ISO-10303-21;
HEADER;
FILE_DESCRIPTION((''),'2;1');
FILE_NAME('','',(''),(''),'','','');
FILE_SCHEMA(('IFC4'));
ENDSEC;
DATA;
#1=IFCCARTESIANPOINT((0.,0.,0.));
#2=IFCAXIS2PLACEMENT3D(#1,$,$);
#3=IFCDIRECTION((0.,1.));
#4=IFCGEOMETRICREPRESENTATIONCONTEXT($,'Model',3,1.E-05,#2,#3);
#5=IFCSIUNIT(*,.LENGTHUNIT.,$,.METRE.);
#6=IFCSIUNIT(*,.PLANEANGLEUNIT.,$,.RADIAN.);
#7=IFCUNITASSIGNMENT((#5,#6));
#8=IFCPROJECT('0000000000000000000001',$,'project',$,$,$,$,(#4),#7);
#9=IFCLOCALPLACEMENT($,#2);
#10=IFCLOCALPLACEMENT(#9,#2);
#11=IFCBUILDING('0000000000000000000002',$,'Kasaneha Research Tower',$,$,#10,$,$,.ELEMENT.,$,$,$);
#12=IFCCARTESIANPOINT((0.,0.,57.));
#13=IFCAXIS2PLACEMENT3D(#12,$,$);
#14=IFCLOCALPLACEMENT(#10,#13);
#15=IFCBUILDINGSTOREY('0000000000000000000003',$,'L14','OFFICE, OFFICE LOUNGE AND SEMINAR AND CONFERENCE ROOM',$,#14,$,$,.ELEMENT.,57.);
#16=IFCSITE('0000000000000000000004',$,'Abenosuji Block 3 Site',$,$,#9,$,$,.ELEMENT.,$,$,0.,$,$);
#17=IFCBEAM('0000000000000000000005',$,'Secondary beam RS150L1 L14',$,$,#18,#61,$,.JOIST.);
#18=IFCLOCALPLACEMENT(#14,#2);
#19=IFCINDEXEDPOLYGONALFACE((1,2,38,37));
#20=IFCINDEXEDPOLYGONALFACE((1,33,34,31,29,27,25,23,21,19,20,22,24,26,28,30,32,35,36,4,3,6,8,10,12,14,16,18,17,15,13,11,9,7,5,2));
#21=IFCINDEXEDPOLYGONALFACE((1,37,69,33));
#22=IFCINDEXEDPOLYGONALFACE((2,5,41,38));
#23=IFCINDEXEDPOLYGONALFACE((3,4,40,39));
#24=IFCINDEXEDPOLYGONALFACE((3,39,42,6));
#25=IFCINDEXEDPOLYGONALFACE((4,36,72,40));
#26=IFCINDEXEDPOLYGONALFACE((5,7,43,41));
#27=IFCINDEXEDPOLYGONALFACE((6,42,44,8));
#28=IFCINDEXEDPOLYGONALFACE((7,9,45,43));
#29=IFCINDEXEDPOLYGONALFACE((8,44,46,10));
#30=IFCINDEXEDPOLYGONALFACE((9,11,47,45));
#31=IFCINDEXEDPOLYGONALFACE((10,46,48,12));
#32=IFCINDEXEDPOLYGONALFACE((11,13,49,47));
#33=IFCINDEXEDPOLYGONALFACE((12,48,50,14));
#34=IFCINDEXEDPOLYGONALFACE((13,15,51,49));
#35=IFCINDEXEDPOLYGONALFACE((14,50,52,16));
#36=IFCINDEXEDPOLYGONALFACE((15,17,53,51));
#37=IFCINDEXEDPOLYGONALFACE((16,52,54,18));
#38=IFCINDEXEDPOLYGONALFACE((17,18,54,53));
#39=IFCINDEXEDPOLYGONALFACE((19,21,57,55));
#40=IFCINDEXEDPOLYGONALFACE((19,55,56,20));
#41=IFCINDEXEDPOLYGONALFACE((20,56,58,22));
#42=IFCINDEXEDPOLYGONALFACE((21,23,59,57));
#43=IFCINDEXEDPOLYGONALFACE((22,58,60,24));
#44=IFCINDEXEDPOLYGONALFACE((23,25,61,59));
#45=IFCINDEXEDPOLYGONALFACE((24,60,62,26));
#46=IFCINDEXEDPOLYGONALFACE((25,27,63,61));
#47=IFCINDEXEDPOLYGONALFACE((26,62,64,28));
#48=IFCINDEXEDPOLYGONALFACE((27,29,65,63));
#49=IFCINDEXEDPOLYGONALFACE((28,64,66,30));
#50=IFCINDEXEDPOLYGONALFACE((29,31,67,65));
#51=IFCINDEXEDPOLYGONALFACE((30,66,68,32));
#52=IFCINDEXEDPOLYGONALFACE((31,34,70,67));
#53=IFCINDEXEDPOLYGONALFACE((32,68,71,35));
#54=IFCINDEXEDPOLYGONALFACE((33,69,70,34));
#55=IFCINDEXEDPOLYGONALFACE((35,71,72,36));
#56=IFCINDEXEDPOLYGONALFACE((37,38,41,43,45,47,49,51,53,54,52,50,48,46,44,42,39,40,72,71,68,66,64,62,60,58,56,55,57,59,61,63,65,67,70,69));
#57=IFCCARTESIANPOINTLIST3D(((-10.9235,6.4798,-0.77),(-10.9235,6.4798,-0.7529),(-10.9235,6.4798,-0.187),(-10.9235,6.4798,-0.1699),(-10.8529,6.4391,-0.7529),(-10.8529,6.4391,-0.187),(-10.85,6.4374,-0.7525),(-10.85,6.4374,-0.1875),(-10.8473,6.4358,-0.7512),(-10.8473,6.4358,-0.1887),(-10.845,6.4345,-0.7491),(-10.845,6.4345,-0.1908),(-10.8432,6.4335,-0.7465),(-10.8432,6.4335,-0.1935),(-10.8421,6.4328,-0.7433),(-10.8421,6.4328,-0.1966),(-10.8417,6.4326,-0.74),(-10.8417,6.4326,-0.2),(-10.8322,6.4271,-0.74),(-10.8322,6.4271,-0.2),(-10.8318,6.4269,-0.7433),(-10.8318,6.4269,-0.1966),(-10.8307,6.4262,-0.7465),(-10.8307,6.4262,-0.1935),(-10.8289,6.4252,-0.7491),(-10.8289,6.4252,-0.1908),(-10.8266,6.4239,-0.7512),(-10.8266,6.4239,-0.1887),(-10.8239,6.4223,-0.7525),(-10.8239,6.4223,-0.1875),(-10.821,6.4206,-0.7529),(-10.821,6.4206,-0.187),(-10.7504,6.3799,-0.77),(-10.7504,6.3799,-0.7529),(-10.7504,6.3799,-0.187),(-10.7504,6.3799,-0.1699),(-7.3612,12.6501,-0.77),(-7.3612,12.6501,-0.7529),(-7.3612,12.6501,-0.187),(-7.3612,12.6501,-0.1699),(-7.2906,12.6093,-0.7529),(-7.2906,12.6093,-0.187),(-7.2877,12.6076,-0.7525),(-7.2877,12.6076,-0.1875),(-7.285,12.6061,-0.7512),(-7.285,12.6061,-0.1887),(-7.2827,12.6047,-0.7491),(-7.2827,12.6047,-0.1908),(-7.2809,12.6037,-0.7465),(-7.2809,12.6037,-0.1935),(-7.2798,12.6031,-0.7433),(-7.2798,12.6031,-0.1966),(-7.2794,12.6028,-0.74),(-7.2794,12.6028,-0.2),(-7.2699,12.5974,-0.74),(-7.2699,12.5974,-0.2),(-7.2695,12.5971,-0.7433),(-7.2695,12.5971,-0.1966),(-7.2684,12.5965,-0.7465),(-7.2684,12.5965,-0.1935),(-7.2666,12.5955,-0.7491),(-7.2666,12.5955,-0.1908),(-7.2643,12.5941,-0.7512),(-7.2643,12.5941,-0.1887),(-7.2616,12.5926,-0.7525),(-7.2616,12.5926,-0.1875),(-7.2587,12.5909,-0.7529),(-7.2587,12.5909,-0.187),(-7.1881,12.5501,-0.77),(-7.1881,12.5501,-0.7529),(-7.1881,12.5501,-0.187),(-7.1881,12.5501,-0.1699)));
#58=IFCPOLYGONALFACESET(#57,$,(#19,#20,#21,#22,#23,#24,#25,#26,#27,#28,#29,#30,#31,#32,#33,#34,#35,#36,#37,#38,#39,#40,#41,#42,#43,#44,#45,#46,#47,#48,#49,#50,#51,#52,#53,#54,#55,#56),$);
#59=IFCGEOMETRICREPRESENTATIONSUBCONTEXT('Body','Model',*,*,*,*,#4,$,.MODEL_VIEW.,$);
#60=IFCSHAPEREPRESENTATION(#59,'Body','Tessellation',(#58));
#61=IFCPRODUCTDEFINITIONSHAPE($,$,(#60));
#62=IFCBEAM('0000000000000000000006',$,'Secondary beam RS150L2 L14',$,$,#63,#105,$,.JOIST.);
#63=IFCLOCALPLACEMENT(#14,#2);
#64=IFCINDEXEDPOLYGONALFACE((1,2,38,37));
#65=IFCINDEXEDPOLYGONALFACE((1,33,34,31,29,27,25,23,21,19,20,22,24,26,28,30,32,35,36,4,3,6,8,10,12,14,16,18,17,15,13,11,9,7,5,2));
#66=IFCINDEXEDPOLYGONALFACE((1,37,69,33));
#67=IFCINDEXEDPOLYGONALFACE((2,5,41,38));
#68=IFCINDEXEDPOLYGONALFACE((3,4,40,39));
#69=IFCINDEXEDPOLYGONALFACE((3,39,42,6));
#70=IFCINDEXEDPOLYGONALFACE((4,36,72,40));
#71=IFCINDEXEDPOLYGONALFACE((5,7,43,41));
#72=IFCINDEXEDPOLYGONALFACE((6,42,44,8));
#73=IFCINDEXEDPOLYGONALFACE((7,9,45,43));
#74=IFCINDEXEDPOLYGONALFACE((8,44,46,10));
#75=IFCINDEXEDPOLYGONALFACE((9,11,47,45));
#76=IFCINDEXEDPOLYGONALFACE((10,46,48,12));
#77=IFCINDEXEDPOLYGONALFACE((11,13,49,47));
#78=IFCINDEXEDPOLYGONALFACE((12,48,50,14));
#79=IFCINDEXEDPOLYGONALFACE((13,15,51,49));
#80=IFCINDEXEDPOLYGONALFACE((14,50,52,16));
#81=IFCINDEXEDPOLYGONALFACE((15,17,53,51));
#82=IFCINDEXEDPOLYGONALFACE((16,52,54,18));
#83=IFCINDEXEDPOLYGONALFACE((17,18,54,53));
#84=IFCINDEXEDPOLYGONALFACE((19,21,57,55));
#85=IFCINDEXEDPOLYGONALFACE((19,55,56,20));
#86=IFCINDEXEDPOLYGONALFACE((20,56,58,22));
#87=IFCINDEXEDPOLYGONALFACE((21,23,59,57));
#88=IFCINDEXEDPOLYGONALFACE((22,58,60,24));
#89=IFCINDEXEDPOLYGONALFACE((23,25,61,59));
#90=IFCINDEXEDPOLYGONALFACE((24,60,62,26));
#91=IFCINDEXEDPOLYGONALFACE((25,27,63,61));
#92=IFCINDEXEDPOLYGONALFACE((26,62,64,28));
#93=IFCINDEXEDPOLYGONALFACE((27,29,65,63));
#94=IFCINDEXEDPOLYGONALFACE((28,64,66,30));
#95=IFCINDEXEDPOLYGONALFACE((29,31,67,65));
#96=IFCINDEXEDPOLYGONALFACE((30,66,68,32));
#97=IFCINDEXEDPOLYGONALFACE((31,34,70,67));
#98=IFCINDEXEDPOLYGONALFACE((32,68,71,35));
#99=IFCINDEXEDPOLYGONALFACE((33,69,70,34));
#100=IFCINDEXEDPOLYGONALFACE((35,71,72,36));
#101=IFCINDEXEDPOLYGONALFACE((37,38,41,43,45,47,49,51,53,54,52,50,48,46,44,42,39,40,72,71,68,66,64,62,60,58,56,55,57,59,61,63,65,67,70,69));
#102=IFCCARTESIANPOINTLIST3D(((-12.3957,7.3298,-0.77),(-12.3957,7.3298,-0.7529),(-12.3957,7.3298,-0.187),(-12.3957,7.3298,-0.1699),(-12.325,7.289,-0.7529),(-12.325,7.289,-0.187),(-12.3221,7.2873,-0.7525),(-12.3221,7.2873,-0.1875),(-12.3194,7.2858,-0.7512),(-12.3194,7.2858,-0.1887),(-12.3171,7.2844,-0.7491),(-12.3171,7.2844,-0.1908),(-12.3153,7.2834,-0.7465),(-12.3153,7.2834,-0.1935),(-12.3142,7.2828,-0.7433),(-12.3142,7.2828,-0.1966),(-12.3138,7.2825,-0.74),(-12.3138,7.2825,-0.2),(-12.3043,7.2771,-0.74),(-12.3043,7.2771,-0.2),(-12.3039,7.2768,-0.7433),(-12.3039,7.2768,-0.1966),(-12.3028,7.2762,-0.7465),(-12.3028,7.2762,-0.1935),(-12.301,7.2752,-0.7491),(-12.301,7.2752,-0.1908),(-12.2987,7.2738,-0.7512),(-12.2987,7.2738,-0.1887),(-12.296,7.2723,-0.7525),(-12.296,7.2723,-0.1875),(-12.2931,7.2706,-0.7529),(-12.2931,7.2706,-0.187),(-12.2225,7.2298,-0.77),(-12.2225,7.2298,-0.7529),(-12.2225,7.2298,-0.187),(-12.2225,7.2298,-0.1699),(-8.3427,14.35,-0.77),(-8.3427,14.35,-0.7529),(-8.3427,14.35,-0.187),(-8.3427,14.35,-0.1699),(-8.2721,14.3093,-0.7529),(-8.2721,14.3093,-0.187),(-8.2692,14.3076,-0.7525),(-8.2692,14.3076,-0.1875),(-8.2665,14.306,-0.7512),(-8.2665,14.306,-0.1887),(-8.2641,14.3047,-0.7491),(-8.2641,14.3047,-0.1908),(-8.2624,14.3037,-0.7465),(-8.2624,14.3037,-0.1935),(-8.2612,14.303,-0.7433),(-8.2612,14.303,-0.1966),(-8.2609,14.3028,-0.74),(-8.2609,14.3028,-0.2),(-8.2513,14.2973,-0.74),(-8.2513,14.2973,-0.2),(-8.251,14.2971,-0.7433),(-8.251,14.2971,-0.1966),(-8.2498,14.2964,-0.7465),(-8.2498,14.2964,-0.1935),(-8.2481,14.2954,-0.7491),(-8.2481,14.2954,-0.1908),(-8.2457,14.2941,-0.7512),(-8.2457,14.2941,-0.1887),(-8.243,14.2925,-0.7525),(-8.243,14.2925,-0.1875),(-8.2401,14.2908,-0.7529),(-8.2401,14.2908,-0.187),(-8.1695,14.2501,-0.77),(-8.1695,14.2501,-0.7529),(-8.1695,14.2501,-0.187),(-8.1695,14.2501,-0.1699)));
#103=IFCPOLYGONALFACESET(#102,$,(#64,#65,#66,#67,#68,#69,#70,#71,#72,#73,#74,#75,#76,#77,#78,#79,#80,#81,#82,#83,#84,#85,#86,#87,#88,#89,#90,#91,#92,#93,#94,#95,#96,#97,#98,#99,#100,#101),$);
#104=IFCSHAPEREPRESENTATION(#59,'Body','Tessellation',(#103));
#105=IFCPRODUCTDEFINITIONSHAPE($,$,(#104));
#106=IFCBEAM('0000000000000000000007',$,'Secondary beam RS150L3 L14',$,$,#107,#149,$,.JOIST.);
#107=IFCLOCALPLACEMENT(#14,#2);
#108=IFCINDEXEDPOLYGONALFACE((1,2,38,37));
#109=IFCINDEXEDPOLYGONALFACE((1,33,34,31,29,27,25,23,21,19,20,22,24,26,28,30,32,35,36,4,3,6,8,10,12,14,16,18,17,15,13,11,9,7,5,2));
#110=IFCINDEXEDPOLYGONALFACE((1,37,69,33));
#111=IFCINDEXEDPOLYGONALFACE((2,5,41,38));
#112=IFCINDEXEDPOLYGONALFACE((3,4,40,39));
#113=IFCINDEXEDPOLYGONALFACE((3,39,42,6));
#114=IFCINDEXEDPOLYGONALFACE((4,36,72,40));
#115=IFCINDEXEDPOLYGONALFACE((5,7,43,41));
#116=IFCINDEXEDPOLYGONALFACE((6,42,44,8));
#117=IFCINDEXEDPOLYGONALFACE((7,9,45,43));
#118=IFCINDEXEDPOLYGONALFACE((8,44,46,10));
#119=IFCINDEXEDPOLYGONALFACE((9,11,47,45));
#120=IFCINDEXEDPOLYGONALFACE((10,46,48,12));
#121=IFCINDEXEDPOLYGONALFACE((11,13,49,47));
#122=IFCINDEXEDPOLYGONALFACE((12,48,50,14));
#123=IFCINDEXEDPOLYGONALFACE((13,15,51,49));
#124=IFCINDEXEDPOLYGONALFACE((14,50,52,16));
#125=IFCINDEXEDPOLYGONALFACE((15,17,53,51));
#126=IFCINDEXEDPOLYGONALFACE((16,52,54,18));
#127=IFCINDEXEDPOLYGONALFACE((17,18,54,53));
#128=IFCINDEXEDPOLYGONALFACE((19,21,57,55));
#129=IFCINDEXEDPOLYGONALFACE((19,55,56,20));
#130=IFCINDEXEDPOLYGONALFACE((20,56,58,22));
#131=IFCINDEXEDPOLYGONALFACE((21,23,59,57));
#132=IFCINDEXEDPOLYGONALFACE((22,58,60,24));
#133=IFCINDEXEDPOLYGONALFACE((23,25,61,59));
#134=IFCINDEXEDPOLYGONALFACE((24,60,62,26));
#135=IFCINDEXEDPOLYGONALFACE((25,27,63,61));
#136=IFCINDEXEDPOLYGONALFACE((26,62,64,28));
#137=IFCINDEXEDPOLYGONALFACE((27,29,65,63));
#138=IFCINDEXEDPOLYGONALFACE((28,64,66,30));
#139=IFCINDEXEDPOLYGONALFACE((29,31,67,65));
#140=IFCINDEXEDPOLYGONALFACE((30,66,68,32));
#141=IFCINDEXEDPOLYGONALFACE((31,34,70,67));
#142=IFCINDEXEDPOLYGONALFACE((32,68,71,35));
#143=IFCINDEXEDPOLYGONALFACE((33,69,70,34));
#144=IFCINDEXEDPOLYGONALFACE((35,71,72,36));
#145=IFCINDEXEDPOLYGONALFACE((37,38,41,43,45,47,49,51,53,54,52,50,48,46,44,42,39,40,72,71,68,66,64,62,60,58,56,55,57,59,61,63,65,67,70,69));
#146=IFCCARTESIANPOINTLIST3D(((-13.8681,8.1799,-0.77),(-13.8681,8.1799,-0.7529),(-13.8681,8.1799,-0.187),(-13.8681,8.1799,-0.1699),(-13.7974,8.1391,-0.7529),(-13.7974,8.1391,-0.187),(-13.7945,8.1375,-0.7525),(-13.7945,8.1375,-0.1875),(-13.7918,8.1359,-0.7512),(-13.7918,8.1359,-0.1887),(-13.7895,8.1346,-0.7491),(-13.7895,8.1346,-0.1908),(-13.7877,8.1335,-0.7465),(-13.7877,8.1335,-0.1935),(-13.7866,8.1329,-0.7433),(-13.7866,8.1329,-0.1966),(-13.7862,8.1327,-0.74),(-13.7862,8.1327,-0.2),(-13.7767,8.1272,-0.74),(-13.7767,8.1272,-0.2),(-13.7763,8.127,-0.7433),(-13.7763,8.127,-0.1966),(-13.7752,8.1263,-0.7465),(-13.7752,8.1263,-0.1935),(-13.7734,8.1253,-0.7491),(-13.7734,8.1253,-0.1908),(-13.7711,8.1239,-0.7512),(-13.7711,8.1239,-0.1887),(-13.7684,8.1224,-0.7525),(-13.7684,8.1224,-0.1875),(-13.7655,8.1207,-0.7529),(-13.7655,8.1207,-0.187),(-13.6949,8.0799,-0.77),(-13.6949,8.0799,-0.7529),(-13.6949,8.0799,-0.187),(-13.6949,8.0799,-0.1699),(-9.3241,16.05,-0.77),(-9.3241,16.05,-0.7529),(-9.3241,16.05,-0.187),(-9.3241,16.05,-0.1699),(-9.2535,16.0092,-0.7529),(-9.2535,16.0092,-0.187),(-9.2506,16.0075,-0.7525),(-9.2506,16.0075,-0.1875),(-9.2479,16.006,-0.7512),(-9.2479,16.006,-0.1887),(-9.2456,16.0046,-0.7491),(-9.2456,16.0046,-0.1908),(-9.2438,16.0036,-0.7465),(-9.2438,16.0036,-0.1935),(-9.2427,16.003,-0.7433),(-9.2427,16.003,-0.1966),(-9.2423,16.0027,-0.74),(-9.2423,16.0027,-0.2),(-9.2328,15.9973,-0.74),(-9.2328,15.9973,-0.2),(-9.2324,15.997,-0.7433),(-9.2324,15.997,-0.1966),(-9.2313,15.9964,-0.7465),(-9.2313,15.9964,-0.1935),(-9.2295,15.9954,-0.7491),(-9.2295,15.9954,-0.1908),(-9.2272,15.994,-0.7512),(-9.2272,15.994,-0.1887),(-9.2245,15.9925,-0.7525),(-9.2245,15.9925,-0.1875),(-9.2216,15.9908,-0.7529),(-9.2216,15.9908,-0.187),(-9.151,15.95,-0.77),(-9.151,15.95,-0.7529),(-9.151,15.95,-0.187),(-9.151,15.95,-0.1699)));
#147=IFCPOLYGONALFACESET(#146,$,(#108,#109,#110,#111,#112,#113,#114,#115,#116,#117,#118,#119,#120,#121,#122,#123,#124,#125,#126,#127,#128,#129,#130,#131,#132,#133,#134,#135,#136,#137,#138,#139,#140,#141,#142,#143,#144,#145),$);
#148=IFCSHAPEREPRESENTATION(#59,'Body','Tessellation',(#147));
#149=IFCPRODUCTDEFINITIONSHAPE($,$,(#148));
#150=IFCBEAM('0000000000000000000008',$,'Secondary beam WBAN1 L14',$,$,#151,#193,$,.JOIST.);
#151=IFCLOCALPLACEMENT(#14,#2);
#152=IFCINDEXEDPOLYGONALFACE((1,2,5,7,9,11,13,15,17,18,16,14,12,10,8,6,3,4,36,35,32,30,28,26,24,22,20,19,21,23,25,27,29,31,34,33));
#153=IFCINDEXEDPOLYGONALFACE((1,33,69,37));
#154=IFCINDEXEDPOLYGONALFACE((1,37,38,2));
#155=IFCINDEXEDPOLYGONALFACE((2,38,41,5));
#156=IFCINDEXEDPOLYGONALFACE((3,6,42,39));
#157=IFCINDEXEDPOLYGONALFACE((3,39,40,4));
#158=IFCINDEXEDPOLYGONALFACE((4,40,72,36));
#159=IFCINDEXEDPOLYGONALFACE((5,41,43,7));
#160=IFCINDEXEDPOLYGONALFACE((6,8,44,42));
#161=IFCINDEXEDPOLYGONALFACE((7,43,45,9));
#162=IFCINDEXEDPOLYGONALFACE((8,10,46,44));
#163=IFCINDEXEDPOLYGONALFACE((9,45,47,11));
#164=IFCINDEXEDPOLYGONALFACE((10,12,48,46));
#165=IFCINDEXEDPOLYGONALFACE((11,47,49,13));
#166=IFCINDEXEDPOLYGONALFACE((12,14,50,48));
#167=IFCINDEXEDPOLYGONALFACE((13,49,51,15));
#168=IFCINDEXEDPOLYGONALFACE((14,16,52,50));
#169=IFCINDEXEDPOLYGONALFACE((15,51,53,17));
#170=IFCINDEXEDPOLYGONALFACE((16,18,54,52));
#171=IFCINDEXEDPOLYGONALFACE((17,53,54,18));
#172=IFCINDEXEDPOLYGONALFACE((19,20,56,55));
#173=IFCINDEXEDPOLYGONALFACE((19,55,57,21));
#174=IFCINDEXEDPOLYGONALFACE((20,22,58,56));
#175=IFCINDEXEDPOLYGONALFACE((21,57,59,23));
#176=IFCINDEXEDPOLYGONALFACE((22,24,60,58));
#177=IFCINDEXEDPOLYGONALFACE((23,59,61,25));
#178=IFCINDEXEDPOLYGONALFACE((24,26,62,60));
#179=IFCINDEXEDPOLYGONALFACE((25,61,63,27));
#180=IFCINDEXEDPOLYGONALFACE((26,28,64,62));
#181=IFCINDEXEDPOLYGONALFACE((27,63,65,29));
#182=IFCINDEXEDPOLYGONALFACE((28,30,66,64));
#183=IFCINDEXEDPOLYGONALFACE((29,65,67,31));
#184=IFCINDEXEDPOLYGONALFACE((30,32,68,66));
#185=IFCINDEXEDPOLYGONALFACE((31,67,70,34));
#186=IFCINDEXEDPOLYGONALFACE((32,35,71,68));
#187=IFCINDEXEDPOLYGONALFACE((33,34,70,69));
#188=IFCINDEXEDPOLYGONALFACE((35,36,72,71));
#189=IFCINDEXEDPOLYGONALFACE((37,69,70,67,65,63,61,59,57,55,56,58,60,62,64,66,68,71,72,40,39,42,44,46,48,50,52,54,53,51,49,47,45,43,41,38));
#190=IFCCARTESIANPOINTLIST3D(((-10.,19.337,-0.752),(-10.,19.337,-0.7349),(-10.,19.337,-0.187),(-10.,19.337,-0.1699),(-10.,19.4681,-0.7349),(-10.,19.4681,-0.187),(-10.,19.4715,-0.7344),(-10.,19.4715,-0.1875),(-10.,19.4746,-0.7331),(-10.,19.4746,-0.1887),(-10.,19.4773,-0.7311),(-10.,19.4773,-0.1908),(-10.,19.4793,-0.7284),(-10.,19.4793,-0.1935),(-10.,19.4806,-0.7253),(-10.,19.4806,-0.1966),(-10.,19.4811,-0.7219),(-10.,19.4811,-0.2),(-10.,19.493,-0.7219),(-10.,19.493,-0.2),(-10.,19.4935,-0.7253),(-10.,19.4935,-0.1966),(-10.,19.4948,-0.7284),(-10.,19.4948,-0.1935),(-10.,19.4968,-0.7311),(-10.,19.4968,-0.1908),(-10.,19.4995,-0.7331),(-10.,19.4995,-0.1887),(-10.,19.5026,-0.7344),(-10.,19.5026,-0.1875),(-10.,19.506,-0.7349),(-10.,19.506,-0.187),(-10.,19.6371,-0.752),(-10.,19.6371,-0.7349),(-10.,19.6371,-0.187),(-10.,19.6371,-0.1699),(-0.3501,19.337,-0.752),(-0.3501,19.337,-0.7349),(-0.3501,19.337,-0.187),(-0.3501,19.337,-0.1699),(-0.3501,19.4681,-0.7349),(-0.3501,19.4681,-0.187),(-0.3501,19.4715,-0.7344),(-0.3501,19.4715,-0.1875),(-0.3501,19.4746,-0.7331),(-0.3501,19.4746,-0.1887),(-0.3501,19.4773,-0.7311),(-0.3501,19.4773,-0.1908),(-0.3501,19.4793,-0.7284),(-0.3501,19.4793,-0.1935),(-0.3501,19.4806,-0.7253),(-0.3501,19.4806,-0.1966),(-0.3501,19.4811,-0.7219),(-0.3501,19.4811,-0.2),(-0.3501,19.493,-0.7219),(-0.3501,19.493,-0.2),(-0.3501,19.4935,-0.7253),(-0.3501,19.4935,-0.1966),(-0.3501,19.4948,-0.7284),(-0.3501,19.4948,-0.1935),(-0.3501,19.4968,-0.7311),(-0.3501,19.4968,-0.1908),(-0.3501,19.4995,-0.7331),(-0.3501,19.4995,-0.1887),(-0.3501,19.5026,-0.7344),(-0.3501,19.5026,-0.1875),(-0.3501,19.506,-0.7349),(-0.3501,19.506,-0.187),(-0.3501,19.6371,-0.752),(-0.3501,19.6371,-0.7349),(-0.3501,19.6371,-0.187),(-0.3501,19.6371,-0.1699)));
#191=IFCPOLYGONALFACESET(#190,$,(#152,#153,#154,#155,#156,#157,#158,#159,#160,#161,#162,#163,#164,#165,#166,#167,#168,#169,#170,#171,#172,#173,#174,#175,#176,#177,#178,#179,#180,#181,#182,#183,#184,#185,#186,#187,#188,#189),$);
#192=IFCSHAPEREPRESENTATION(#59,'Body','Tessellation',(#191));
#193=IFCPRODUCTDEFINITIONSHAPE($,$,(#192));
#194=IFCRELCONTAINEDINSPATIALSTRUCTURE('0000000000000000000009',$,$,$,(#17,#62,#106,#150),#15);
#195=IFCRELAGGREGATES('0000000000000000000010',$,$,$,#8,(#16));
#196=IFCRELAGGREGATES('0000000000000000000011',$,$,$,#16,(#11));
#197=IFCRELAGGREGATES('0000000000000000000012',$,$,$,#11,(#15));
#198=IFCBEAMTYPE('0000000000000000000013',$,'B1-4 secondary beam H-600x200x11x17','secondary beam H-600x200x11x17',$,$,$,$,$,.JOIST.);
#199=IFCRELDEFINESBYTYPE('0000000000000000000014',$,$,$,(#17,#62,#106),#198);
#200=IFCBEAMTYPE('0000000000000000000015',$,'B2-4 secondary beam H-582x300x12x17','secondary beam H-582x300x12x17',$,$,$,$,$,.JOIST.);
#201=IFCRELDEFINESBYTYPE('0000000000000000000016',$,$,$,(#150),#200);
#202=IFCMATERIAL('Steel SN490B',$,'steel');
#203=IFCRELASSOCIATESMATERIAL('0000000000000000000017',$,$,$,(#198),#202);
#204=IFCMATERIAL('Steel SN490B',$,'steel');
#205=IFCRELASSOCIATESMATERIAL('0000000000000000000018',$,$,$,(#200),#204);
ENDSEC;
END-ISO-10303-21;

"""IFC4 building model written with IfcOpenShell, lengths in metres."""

from ifc_helpers import new_model, si_unit, direction, frame, origin, origin_2d, place, context, subcontext, project, spatial, i_section, extrude, material, material_profile, profile_set, type_object, element, save


model = new_model("IFC4")

# Units and contexts
model_context = context("Model", 3, precision=1e-05, world=origin(), true_north=direction((0.0, 1.0)))
body_context = subcontext(model_context, "Body", "Model", "MODEL_VIEW")
ifc_project = project(units=[si_unit("LENGTHUNIT", "METRE"), si_unit("PLANEANGLEUNIT", "RADIAN")], contexts=[model_context])

# Site, building, storey
site_placement = place(None, origin())
site = spatial("IfcSite", under=ifc_project, at=site_placement, Name="Abenosuji Block 3 Site", CompositionType="ELEMENT", RefElevation=0.0)
building_placement = place(site_placement, origin())
building = spatial("IfcBuilding", under=site, at=building_placement, Name="Kasaneha Research Tower", CompositionType="ELEMENT")
storey_placement = place(building_placement, frame((0.0, 0.0, 57.0)))
storey = spatial("IfcBuildingStorey", under=building, at=storey_placement, Name="L14", Description="OFFICE, OFFICE LOUNGE AND SEMINAR AND CONFERENCE ROOM", CompositionType="ELEMENT", Elevation=57.0)

# Beams
ifc_material_1 = material(Name="Steel SN490B", Category="steel")
ifc_material_profile_1 = material_profile(ifc_material_1, i_section(OverallWidth=0.2, OverallDepth=0.6001, WebThickness=0.011, FlangeThickness=0.0171, FilletRadius=0.0129, at=origin_2d()), Name="H-600x200x11x17")
ifc_profile_set_1 = profile_set([ifc_material_profile_1], Name="Steel SN490B")
beam_type_1 = type_object("IfcBeamType", Name="B1-4 secondary beam H-600x200x11x17", Description="secondary beam H-600x200x11x17", PredefinedType="JOIST", material=ifc_profile_set_1)
beam_1_placement = place(storey_placement, frame((-7.2747, 12.6001, -0.47), z_axis=(-0.49999, -0.866031, 0.0), x_axis=(0.866031, -0.49999, 0.0)))
element("IfcBeam", 1, at=beam_1_placement, inside=storey, type_object=beam_type_1, Name="Secondary beam RS150L1 L14", PredefinedType="JOIST", context=body_context, shape_type="SweptSolid", body=[
    extrude(i_section(OverallWidth=0.2, OverallDepth=0.6001, WebThickness=0.011, FlangeThickness=0.0171, FilletRadius=0.0129, at=origin_2d()), origin(), (0.0, 0.0, 1.0), 7.1248),
])
beam_2_placement = place(storey_placement, frame((-8.2561, 14.3, -0.47), z_axis=(-0.499984, -0.866035, 0.0), x_axis=(0.866035, -0.499984, 0.0)))
element("IfcBeam", 2, at=beam_2_placement, inside=storey, type_object=beam_type_1, Name="Secondary beam RS150L2 L14", PredefinedType="JOIST", context=body_context, shape_type="SweptSolid", body=[
    extrude(i_section(OverallWidth=0.2, OverallDepth=0.6001, WebThickness=0.011, FlangeThickness=0.0171, FilletRadius=0.0129, at=origin_2d()), origin(), (0.0, 0.0, 1.0), 8.1062),
])
beam_3_placement = place(storey_placement, frame((-9.2375, 16.0, -0.47), z_axis=(-0.500011, -0.866019, 0.0), x_axis=(0.866019, -0.500011, 0.0)))
element("IfcBeam", 3, at=beam_3_placement, inside=storey, type_object=beam_type_1, Name="Secondary beam RS150L3 L14", PredefinedType="JOIST", context=body_context, shape_type="SweptSolid", body=[
    extrude(i_section(OverallWidth=0.2, OverallDepth=0.6001, WebThickness=0.011, FlangeThickness=0.0171, FilletRadius=0.0129, at=origin_2d()), origin(), (0.0, 0.0, 1.0), 9.0876),
])
ifc_material_2 = material(Name="Steel SN490B", Category="steel")
ifc_material_profile_2 = material_profile(ifc_material_2, i_section(OverallWidth=0.3, OverallDepth=0.582, WebThickness=0.012, FlangeThickness=0.0171, FilletRadius=0.0129, at=origin_2d()), Name="H-582x300x12x17")
ifc_profile_set_2 = profile_set([ifc_material_profile_2], Name="Steel SN490B")
beam_type_2 = type_object("IfcBeamType", Name="B2-4 secondary beam H-582x300x12x17", Description="secondary beam H-582x300x12x17", PredefinedType="JOIST", material=ifc_profile_set_2)
for number, where, z_axis, x_axis, name in (
    (4, (-10.0, 19.4871, -0.4609), (1.0, 0.0, 0.0), (0.0, 1.0, 0.0), "Secondary beam WBAN1 L14"),
):
    element("IfcBeam", number, at=place(storey_placement, frame(where, z_axis=z_axis, x_axis=x_axis)), inside=storey, type_object=beam_type_2, Name=name, PredefinedType="JOIST", context=body_context, shape_type="SweptSolid", body=[
        extrude(i_section(OverallWidth=0.3, OverallDepth=0.582, WebThickness=0.012, FlangeThickness=0.0171, FilletRadius=0.0129, at=origin_2d()), origin(), (0.0, 0.0, 1.0), 9.6499),
    ])

save(model, "model.ifc")
